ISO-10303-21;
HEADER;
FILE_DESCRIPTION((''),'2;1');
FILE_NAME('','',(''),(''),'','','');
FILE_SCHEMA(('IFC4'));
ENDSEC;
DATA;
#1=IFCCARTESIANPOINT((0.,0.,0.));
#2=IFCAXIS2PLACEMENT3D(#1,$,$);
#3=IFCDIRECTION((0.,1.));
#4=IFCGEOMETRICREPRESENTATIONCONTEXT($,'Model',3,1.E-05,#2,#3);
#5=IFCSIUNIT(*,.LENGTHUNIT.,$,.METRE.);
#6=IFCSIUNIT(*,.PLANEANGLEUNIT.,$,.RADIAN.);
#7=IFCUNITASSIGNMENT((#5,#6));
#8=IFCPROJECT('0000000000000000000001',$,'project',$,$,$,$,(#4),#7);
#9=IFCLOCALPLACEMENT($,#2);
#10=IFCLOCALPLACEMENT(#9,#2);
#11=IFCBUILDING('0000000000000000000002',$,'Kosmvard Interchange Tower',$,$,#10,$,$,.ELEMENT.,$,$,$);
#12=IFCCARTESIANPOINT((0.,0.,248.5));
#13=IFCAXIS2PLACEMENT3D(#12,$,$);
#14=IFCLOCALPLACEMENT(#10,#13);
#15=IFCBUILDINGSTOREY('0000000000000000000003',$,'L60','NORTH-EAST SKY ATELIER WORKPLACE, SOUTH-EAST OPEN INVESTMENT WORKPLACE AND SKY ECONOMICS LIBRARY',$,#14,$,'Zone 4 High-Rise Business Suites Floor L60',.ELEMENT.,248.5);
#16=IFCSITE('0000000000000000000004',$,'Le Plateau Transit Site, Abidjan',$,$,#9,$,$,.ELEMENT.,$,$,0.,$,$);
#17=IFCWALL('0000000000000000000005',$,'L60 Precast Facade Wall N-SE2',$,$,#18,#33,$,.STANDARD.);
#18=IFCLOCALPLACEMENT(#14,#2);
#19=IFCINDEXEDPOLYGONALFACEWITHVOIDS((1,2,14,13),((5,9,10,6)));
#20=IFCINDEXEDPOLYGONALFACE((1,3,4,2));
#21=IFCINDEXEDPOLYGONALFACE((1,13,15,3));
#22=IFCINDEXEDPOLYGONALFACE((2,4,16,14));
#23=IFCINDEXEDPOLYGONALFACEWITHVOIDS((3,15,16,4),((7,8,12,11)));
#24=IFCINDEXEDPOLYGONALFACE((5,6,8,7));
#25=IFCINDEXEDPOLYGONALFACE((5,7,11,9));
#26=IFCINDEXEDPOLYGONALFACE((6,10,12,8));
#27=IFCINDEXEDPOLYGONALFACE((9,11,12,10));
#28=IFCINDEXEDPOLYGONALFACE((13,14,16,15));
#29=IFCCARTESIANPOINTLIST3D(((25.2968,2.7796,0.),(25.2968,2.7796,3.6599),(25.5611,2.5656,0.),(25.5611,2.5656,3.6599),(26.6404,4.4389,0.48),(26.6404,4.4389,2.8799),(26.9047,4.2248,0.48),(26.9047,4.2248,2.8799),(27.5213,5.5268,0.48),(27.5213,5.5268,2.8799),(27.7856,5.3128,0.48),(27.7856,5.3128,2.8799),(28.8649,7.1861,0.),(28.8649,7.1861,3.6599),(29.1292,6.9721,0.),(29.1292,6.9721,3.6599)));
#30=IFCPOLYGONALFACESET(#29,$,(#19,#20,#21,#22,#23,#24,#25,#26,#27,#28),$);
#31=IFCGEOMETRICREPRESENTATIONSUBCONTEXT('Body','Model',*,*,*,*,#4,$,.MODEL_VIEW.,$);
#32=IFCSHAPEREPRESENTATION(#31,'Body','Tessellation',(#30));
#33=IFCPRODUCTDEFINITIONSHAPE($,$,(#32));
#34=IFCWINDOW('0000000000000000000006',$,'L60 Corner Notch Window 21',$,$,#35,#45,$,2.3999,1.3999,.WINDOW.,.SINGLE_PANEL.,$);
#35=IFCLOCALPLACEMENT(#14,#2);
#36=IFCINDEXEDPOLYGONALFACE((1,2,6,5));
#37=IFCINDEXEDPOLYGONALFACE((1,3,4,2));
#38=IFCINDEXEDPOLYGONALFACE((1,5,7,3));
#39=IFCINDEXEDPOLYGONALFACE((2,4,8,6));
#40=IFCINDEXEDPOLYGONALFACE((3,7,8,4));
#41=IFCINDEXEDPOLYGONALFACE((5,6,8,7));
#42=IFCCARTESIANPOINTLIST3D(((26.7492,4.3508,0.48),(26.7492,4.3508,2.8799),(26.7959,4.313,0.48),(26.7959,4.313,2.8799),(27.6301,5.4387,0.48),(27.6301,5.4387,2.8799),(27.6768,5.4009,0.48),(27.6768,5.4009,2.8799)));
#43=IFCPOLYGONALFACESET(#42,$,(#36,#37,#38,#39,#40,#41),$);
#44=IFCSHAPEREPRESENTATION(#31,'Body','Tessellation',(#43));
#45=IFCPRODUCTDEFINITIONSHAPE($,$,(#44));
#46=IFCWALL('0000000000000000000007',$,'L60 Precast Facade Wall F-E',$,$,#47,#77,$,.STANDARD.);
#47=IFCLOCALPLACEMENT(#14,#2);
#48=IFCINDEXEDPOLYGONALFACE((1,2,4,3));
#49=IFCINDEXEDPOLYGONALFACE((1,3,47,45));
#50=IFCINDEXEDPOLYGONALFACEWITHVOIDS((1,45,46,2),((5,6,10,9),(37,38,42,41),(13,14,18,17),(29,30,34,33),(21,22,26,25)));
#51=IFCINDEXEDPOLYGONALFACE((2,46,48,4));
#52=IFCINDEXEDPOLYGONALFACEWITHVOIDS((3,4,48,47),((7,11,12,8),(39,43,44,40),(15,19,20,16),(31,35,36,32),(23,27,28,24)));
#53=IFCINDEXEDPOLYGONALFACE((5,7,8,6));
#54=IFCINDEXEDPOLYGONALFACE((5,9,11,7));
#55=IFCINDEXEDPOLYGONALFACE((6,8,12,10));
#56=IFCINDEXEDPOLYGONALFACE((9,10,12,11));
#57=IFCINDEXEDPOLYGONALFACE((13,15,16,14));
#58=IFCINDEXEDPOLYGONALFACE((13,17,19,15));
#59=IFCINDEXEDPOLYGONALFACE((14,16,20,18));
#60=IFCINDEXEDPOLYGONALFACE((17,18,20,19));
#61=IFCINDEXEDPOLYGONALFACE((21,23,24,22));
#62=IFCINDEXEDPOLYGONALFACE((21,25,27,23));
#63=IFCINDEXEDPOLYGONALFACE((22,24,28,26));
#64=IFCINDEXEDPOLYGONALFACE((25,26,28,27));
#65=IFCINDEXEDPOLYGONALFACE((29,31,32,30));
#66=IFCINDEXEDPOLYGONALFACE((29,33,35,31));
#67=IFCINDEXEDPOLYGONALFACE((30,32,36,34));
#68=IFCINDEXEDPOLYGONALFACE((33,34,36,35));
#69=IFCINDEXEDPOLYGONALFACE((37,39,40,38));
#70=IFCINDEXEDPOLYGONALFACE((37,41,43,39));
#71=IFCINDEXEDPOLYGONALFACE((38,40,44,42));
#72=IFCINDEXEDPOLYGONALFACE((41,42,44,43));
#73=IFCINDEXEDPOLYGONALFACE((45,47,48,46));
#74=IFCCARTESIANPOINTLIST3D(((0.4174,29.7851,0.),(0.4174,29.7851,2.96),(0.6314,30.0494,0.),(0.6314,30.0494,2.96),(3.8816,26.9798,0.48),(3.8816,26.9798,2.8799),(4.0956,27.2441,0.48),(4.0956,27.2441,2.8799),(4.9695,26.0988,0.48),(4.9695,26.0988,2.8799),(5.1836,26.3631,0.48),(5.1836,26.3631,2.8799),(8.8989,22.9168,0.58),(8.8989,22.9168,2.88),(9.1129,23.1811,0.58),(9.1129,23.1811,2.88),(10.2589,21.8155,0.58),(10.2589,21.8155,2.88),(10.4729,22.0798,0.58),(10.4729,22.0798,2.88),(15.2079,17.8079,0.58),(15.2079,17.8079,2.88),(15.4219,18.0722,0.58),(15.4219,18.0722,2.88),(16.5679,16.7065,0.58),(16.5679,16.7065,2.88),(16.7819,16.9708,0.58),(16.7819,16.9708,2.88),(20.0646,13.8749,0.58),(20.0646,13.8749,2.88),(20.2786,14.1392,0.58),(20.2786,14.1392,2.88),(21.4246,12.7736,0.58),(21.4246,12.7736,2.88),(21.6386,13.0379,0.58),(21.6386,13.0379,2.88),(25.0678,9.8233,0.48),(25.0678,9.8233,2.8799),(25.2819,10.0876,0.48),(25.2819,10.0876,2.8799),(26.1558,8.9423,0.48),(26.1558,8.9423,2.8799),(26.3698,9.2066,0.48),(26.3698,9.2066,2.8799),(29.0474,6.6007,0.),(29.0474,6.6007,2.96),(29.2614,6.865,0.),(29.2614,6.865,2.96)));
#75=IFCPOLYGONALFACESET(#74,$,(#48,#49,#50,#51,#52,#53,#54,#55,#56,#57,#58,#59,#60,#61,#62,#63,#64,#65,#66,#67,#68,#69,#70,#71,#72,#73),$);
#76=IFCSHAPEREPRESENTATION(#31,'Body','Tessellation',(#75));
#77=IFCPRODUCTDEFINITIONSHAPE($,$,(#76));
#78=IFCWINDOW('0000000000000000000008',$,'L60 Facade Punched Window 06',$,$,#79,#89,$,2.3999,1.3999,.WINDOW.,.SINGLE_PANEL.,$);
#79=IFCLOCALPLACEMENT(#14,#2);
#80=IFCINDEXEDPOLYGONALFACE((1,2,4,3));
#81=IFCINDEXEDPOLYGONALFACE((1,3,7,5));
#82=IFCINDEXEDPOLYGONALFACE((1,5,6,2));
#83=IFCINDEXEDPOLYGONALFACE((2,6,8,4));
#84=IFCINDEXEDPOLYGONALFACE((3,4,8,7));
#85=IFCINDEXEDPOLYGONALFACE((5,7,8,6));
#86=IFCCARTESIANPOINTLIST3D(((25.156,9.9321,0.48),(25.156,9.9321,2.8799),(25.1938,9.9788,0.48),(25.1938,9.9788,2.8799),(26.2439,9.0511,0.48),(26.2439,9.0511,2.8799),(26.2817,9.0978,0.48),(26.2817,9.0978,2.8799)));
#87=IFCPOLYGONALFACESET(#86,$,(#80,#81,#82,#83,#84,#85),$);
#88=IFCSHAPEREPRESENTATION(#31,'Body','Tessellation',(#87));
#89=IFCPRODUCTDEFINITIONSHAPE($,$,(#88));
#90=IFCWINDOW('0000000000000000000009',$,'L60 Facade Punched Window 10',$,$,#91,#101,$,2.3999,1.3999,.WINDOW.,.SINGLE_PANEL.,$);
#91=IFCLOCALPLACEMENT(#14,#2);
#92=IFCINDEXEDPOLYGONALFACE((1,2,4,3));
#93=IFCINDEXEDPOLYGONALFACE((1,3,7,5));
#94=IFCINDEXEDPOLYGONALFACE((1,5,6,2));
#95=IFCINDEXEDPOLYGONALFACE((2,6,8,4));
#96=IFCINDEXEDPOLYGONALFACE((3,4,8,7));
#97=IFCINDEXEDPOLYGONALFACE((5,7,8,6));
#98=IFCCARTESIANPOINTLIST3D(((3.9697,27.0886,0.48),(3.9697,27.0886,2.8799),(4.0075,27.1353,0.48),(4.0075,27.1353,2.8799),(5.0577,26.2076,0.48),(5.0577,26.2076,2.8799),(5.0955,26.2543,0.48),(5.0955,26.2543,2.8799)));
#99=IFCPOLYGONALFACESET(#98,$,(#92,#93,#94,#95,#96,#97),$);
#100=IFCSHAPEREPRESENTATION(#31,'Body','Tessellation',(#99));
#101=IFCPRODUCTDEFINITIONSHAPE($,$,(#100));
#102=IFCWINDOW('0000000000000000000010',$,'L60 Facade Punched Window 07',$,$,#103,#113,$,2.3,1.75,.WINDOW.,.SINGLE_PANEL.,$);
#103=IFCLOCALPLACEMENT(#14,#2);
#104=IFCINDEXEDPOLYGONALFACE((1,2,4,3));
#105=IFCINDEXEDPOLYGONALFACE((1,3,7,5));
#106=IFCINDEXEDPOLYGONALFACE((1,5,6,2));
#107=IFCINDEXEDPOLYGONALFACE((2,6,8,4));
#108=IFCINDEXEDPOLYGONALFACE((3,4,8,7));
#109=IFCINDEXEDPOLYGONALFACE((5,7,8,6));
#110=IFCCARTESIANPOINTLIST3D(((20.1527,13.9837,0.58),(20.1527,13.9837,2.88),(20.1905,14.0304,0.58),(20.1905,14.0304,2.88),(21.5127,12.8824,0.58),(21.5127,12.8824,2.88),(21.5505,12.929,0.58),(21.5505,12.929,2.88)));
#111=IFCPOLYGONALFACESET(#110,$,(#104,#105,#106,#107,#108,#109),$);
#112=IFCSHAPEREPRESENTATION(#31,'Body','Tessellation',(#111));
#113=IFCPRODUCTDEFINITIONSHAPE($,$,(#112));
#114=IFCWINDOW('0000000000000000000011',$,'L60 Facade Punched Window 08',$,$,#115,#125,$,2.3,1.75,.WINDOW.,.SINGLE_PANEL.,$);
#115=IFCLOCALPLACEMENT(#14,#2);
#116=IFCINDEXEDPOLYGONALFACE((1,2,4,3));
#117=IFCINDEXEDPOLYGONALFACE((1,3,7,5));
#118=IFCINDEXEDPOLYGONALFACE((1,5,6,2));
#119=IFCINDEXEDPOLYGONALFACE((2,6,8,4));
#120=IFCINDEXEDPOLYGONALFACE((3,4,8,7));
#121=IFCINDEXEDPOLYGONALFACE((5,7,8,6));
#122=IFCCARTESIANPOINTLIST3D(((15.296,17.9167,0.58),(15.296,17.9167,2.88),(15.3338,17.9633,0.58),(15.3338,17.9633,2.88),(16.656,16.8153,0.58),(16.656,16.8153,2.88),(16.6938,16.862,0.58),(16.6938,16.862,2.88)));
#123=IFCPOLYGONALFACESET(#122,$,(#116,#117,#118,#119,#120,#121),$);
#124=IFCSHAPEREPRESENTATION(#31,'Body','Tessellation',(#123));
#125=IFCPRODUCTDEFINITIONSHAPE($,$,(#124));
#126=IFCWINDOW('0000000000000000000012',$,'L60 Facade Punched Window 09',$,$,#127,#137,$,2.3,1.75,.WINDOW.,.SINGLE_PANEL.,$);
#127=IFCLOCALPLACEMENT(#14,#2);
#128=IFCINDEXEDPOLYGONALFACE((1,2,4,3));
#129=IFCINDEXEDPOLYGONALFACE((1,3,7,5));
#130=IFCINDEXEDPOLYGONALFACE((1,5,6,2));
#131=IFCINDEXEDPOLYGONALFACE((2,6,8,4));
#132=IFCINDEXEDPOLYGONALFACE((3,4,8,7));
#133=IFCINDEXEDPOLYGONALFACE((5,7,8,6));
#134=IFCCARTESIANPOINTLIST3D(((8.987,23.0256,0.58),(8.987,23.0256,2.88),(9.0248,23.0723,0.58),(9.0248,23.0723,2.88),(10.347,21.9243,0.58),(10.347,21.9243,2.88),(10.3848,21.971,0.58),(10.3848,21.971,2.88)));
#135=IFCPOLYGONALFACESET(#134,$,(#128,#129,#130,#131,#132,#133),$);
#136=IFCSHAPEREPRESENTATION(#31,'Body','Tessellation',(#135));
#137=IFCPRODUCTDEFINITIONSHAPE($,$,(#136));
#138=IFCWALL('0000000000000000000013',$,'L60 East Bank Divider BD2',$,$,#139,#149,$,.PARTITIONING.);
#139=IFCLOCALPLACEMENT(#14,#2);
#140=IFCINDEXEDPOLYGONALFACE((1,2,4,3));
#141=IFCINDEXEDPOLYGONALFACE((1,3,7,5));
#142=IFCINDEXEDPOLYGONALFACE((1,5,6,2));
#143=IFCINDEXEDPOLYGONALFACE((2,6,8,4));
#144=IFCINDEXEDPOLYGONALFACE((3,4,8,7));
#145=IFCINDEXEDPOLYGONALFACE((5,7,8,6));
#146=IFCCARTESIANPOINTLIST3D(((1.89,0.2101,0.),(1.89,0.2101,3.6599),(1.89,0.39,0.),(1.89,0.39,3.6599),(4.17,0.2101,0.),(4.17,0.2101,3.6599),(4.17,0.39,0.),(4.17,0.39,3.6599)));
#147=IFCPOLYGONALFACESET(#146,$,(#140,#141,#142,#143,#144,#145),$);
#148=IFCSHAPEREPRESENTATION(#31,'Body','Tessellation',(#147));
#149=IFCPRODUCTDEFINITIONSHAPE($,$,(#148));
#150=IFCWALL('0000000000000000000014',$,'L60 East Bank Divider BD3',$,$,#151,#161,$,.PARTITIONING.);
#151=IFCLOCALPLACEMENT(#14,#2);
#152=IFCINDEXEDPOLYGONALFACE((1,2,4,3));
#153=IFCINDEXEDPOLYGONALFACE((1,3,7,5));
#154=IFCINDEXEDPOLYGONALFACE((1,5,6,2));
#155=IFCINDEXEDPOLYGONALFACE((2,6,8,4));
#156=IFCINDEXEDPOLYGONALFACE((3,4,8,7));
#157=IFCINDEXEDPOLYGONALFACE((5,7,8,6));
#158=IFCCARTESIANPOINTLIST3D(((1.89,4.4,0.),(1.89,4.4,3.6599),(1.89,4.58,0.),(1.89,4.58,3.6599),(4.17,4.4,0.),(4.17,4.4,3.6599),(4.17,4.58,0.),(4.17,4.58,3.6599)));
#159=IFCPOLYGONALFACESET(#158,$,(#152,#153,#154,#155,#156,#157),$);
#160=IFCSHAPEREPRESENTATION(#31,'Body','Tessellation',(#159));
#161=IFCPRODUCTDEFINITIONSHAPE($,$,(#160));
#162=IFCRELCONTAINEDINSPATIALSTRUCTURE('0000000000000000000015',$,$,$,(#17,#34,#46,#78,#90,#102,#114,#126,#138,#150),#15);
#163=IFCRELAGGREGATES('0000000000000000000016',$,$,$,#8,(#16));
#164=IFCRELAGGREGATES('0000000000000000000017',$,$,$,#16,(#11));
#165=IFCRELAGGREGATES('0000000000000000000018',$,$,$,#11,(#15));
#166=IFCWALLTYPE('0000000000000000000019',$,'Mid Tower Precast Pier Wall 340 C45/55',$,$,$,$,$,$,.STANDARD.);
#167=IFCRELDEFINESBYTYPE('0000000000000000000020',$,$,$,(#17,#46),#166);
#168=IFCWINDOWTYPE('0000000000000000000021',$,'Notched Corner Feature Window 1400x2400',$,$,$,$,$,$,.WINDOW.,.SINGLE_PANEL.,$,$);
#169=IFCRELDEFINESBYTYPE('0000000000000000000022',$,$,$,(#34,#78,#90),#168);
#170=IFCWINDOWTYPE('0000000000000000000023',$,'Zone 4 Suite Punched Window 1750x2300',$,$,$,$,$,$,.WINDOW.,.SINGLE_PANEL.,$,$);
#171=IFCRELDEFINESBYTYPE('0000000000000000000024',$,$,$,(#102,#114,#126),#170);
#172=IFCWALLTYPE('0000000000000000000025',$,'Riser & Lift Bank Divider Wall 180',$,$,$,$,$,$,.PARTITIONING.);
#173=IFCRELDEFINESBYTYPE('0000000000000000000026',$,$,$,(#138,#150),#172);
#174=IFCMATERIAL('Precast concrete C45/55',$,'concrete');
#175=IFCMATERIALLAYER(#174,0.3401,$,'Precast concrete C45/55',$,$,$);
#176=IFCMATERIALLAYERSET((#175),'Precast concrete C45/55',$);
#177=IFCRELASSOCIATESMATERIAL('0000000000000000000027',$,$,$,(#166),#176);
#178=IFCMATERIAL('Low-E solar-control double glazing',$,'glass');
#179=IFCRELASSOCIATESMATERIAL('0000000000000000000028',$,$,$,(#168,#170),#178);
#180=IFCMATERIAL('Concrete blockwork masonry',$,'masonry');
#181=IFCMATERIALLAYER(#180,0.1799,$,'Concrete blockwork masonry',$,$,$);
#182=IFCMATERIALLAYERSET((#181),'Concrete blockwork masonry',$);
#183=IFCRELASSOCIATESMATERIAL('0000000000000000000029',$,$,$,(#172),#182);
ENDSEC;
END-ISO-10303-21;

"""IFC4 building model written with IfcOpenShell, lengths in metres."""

from ifc_helpers import new_model, si_unit, direction, frame, frame_2d, origin, place, context, subcontext, project, spatial, rectangle, extrude, source, transform, mapped, material, layer, layer_set, type_object, element, fill, save


model = new_model("IFC4")

# Units and contexts
model_context = context("Model", 3, precision=1e-05, world=origin(), true_north=direction((0.0, 1.0)))
body_context = subcontext(model_context, "Body", "Model", "MODEL_VIEW")
ifc_project = project(units=[si_unit("LENGTHUNIT", "METRE"), si_unit("PLANEANGLEUNIT", "RADIAN")], contexts=[model_context])

# Site, building, storey
site_placement = place(None, origin())
site = spatial("IfcSite", under=ifc_project, at=site_placement, Name="Le Plateau Transit Site, Abidjan", CompositionType="ELEMENT", RefElevation=0.0)
building_placement = place(site_placement, origin())
building = spatial("IfcBuilding", under=site, at=building_placement, Name="Kosmvard Interchange Tower", CompositionType="ELEMENT")
storey_placement = place(building_placement, frame((0.0, 0.0, 248.5)))
storey = spatial("IfcBuildingStorey", under=building, at=storey_placement, Name="L60", Description="NORTH-EAST SKY ATELIER WORKPLACE, SOUTH-EAST OPEN INVESTMENT WORKPLACE AND SKY ECONOMICS LIBRARY", LongName="Zone 4 High-Rise Business Suites Floor L60", CompositionType="ELEMENT", Elevation=248.5)

# Shared definitions
ifc_material_1 = material(Name="Concrete blockwork masonry", Category="masonry")

# Wall, opening, window
ifc_material_2 = material(Name="Precast concrete C45/55", Category="concrete")
ifc_layer_1 = layer(ifc_material_2, 0.3401, Name="Precast concrete C45/55")
ifc_layer_set_1 = layer_set([ifc_layer_1], Name="Precast concrete C45/55")
wall_type_1 = type_object("IfcWallType", Name="Mid Tower Precast Pier Wall 340 C45/55", PredefinedType="STANDARD", material=ifc_layer_set_1)
wall_1_placement = place(storey_placement, frame((25.429, 2.6726, 0.0), z_axis=(0.0, 0.0, 1.0), x_axis=(0.6293, 0.777163, 0.0)))
wall_1 = element("IfcWall", 1, at=wall_1_placement, inside=storey, type_object=wall_type_1, Name="L60 Precast Facade Wall N-SE2", PredefinedType="STANDARD", context=body_context, shape_type="SweptSolid", body=[
    extrude(rectangle(XDim=5.6699, YDim=0.3401, at=frame_2d((2.835, 0.0))), origin(), (0.0, 0.0, 1.0), 3.6599),
])
opening_1_placement = place(wall_1_placement, frame((2.135, 0.0, 0.48)))
opening_1 = element("IfcOpeningElement", 2, at=opening_1_placement, cuts=wall_1, PredefinedType="OPENING", context=body_context, shape_type="SweptSolid", body=[
    extrude(rectangle(XDim=1.3999, YDim=2.3999, at=frame_2d((0.7, 1.2))), frame((0.0, 0.1802, 0.0), z_axis=(0.0, -1.0, 0.0), x_axis=(1.0, 0.0, 0.0)), (0.0, 0.0, 1.0), 0.3601),
])
ifc_material_3 = material(Name="Low-E solar-control double glazing", Category="glass")
window_type_1 = type_object("IfcWindowType", Name="Notched Corner Feature Window 1400x2400", PartitioningType="SINGLE_PANEL", PredefinedType="WINDOW", material=ifc_material_3)
shared_shape_1 = source(origin(), body_context, "Body", "SweptSolid", [
    extrude(rectangle(XDim=1.3999, YDim=2.3999, at=frame_2d((0.7, 1.2))), frame((0.0, 0.03, 0.0), z_axis=(0.0, -1.0, 0.0), x_axis=(1.0, 0.0, 0.0)), (0.0, 0.0, 1.0), 0.0601),
])
window_1_placement = place(opening_1_placement, origin())
window_1 = element("IfcWindow", 3, at=window_1_placement, inside=storey, type_object=window_type_1, Name="L60 Corner Notch Window 21", OverallHeight=2.3999, OverallWidth=1.3999, PartitioningType="SINGLE_PANEL", PredefinedType="WINDOW", context=body_context, shape_type="MappedRepresentation", body=[
    mapped(shared_shape_1, transform((0.0, 0.0, 0.0), scale=1.0)),
])
fill(opening_1, window_1)

# Wall, openings, windows
wall_2_placement = place(storey_placement, frame((29.1543, 6.7329, 0.0), z_axis=(0.0, 0.0, 1.0), x_axis=(-0.777142, 0.629325, 0.0)))
wall_2 = element("IfcWall", 4, at=wall_2_placement, inside=storey, type_object=wall_type_1, Name="L60 Precast Facade Wall F-E", PredefinedType="STANDARD", context=body_context, shape_type="SweptSolid", body=[
    extrude(rectangle(XDim=36.8401, YDim=0.3401, at=frame_2d((18.4199, 0.0))), origin(), (0.0, 0.0, 1.0), 2.96),
])
opening_2_placement = place(wall_2_placement, frame((3.7207, 0.0, 0.48)))
opening_2 = element("IfcOpeningElement", 5, at=opening_2_placement, cuts=wall_2, PredefinedType="OPENING", context=body_context, shape_type="SweptSolid", body=[
    extrude(rectangle(XDim=1.3999, YDim=2.3999, at=frame_2d((0.7, 1.2))), frame((0.0, 0.1802, 0.0), z_axis=(0.0, -1.0, 0.0), x_axis=(1.0, 0.0, 0.0)), (0.0, 0.0, 1.0), 0.3601),
])
opening_3_placement = place(wall_2_placement, frame((9.8086, 0.0, 0.5801)))
opening_3 = element("IfcOpeningElement", 6, at=opening_3_placement, cuts=wall_2, PredefinedType="OPENING", context=body_context, shape_type="SweptSolid", body=[
    extrude(rectangle(XDim=1.75, YDim=2.3, at=frame_2d((0.875, 1.1499))), frame((0.0, 0.1802, 0.0), z_axis=(0.0, -1.0, 0.0), x_axis=(1.0, 0.0, 0.0)), (0.0, 0.0, 1.0), 0.3601),
])
opening_4_placement = place(wall_2_placement, frame((16.0581, 0.0, 0.5801)))
opening_4 = element("IfcOpeningElement", 7, at=opening_4_placement, cuts=wall_2, PredefinedType="OPENING", context=body_context, shape_type="SweptSolid", body=[
    extrude(rectangle(XDim=1.75, YDim=2.3, at=frame_2d((0.875, 1.1499))), frame((0.0, 0.1802, 0.0), z_axis=(0.0, -1.0, 0.0), x_axis=(1.0, 0.0, 0.0)), (0.0, 0.0, 1.0), 0.3601),
])
opening_5_placement = place(wall_2_placement, frame((24.1763, 0.0, 0.5801)))
opening_5 = element("IfcOpeningElement", 8, at=opening_5_placement, cuts=wall_2, PredefinedType="OPENING", context=body_context, shape_type="SweptSolid", body=[
    extrude(rectangle(XDim=1.75, YDim=2.3, at=frame_2d((0.875, 1.1499))), frame((0.0, 0.1802, 0.0), z_axis=(0.0, -1.0, 0.0), x_axis=(1.0, 0.0, 0.0)), (0.0, 0.0, 1.0), 0.3601),
])
opening_6_placement = place(wall_2_placement, frame((30.9824, 0.0, 0.48)))
opening_6 = element("IfcOpeningElement", 9, at=opening_6_placement, cuts=wall_2, PredefinedType="OPENING", context=body_context, shape_type="SweptSolid", body=[
    extrude(rectangle(XDim=1.3999, YDim=2.3999, at=frame_2d((0.7, 1.2))), frame((0.0, 0.1802, 0.0), z_axis=(0.0, -1.0, 0.0), x_axis=(1.0, 0.0, 0.0)), (0.0, 0.0, 1.0), 0.3601),
])
window_2_placement = place(opening_2_placement, origin())
window_2 = element("IfcWindow", 10, at=window_2_placement, inside=storey, type_object=window_type_1, Name="L60 Facade Punched Window 06", OverallHeight=2.3999, OverallWidth=1.3999, PartitioningType="SINGLE_PANEL", PredefinedType="WINDOW", context=body_context, shape_type="MappedRepresentation", body=[
    mapped(shared_shape_1, transform((0.0, 0.0, 0.0), scale=1.0)),
])
fill(opening_2, window_2)
window_3_placement = place(opening_6_placement, origin())
window_3 = element("IfcWindow", 11, at=window_3_placement, inside=storey, type_object=window_type_1, Name="L60 Facade Punched Window 10", OverallHeight=2.3999, OverallWidth=1.3999, PartitioningType="SINGLE_PANEL", PredefinedType="WINDOW", context=body_context, shape_type="MappedRepresentation", body=[
    mapped(shared_shape_1, transform((0.0, 0.0, 0.0), scale=1.0)),
])
fill(opening_6, window_3)
window_type_2 = type_object("IfcWindowType", Name="Zone 4 Suite Punched Window 1750x2300", PartitioningType="SINGLE_PANEL", PredefinedType="WINDOW", material=ifc_material_3)
shared_shape_2 = source(origin(), body_context, "Body", "SweptSolid", [
    extrude(rectangle(XDim=1.75, YDim=2.3, at=frame_2d((0.875, 1.1499))), frame((0.0, 0.03, 0.0), z_axis=(0.0, -1.0, 0.0), x_axis=(1.0, 0.0, 0.0)), (0.0, 0.0, 1.0), 0.0601),
])
window_4_placement = place(opening_3_placement, origin())
window_4 = element("IfcWindow", 12, at=window_4_placement, inside=storey, type_object=window_type_2, Name="L60 Facade Punched Window 07", OverallHeight=2.3, OverallWidth=1.75, PartitioningType="SINGLE_PANEL", PredefinedType="WINDOW", context=body_context, shape_type="MappedRepresentation", body=[
    mapped(shared_shape_2, transform((0.0, 0.0, 0.0), scale=1.0)),
])
fill(opening_3, window_4)
window_5_placement = place(opening_4_placement, origin())
window_5 = element("IfcWindow", 13, at=window_5_placement, inside=storey, type_object=window_type_2, Name="L60 Facade Punched Window 08", OverallHeight=2.3, OverallWidth=1.75, PartitioningType="SINGLE_PANEL", PredefinedType="WINDOW", context=body_context, shape_type="MappedRepresentation", body=[
    mapped(shared_shape_2, transform((0.0, 0.0, 0.0), scale=1.0)),
])
fill(opening_4, window_5)
window_6_placement = place(opening_5_placement, origin())
window_6 = element("IfcWindow", 14, at=window_6_placement, inside=storey, type_object=window_type_2, Name="L60 Facade Punched Window 09", OverallHeight=2.3, OverallWidth=1.75, PartitioningType="SINGLE_PANEL", PredefinedType="WINDOW", context=body_context, shape_type="MappedRepresentation", body=[
    mapped(shared_shape_2, transform((0.0, 0.0, 0.0), scale=1.0)),
])
fill(opening_5, window_6)

# Walls
ifc_layer_2 = layer(ifc_material_1, 0.1799, Name="Concrete blockwork masonry")
ifc_layer_set_2 = layer_set([ifc_layer_2], Name="Concrete blockwork masonry")
wall_type_2 = type_object("IfcWallType", Name="Riser & Lift Bank Divider Wall 180", PredefinedType="PARTITIONING", material=ifc_layer_set_2)
for number, where, z_axis, x_axis, name in (
    (15, (1.8899, 0.3, 0.0), (0.0, 0.0, 1.0), (1.0, 0.0, 0.0), "L60 East Bank Divider BD2"),
    (16, (1.8899, 4.49, 0.0), (0.0, 0.0, 1.0), (1.0, 0.0, 0.0), "L60 East Bank Divider BD3"),
):
    element("IfcWall", number, at=place(storey_placement, frame(where, z_axis=z_axis, x_axis=x_axis)), inside=storey, type_object=wall_type_2, Name=name, PredefinedType="PARTITIONING", context=body_context, shape_type="SweptSolid", body=[
        extrude(rectangle(XDim=2.28, YDim=0.1799, at=frame_2d((1.1401, 0.0))), origin(), (0.0, 0.0, 1.0), 3.6599),
    ])

save(model, "model.ifc")
